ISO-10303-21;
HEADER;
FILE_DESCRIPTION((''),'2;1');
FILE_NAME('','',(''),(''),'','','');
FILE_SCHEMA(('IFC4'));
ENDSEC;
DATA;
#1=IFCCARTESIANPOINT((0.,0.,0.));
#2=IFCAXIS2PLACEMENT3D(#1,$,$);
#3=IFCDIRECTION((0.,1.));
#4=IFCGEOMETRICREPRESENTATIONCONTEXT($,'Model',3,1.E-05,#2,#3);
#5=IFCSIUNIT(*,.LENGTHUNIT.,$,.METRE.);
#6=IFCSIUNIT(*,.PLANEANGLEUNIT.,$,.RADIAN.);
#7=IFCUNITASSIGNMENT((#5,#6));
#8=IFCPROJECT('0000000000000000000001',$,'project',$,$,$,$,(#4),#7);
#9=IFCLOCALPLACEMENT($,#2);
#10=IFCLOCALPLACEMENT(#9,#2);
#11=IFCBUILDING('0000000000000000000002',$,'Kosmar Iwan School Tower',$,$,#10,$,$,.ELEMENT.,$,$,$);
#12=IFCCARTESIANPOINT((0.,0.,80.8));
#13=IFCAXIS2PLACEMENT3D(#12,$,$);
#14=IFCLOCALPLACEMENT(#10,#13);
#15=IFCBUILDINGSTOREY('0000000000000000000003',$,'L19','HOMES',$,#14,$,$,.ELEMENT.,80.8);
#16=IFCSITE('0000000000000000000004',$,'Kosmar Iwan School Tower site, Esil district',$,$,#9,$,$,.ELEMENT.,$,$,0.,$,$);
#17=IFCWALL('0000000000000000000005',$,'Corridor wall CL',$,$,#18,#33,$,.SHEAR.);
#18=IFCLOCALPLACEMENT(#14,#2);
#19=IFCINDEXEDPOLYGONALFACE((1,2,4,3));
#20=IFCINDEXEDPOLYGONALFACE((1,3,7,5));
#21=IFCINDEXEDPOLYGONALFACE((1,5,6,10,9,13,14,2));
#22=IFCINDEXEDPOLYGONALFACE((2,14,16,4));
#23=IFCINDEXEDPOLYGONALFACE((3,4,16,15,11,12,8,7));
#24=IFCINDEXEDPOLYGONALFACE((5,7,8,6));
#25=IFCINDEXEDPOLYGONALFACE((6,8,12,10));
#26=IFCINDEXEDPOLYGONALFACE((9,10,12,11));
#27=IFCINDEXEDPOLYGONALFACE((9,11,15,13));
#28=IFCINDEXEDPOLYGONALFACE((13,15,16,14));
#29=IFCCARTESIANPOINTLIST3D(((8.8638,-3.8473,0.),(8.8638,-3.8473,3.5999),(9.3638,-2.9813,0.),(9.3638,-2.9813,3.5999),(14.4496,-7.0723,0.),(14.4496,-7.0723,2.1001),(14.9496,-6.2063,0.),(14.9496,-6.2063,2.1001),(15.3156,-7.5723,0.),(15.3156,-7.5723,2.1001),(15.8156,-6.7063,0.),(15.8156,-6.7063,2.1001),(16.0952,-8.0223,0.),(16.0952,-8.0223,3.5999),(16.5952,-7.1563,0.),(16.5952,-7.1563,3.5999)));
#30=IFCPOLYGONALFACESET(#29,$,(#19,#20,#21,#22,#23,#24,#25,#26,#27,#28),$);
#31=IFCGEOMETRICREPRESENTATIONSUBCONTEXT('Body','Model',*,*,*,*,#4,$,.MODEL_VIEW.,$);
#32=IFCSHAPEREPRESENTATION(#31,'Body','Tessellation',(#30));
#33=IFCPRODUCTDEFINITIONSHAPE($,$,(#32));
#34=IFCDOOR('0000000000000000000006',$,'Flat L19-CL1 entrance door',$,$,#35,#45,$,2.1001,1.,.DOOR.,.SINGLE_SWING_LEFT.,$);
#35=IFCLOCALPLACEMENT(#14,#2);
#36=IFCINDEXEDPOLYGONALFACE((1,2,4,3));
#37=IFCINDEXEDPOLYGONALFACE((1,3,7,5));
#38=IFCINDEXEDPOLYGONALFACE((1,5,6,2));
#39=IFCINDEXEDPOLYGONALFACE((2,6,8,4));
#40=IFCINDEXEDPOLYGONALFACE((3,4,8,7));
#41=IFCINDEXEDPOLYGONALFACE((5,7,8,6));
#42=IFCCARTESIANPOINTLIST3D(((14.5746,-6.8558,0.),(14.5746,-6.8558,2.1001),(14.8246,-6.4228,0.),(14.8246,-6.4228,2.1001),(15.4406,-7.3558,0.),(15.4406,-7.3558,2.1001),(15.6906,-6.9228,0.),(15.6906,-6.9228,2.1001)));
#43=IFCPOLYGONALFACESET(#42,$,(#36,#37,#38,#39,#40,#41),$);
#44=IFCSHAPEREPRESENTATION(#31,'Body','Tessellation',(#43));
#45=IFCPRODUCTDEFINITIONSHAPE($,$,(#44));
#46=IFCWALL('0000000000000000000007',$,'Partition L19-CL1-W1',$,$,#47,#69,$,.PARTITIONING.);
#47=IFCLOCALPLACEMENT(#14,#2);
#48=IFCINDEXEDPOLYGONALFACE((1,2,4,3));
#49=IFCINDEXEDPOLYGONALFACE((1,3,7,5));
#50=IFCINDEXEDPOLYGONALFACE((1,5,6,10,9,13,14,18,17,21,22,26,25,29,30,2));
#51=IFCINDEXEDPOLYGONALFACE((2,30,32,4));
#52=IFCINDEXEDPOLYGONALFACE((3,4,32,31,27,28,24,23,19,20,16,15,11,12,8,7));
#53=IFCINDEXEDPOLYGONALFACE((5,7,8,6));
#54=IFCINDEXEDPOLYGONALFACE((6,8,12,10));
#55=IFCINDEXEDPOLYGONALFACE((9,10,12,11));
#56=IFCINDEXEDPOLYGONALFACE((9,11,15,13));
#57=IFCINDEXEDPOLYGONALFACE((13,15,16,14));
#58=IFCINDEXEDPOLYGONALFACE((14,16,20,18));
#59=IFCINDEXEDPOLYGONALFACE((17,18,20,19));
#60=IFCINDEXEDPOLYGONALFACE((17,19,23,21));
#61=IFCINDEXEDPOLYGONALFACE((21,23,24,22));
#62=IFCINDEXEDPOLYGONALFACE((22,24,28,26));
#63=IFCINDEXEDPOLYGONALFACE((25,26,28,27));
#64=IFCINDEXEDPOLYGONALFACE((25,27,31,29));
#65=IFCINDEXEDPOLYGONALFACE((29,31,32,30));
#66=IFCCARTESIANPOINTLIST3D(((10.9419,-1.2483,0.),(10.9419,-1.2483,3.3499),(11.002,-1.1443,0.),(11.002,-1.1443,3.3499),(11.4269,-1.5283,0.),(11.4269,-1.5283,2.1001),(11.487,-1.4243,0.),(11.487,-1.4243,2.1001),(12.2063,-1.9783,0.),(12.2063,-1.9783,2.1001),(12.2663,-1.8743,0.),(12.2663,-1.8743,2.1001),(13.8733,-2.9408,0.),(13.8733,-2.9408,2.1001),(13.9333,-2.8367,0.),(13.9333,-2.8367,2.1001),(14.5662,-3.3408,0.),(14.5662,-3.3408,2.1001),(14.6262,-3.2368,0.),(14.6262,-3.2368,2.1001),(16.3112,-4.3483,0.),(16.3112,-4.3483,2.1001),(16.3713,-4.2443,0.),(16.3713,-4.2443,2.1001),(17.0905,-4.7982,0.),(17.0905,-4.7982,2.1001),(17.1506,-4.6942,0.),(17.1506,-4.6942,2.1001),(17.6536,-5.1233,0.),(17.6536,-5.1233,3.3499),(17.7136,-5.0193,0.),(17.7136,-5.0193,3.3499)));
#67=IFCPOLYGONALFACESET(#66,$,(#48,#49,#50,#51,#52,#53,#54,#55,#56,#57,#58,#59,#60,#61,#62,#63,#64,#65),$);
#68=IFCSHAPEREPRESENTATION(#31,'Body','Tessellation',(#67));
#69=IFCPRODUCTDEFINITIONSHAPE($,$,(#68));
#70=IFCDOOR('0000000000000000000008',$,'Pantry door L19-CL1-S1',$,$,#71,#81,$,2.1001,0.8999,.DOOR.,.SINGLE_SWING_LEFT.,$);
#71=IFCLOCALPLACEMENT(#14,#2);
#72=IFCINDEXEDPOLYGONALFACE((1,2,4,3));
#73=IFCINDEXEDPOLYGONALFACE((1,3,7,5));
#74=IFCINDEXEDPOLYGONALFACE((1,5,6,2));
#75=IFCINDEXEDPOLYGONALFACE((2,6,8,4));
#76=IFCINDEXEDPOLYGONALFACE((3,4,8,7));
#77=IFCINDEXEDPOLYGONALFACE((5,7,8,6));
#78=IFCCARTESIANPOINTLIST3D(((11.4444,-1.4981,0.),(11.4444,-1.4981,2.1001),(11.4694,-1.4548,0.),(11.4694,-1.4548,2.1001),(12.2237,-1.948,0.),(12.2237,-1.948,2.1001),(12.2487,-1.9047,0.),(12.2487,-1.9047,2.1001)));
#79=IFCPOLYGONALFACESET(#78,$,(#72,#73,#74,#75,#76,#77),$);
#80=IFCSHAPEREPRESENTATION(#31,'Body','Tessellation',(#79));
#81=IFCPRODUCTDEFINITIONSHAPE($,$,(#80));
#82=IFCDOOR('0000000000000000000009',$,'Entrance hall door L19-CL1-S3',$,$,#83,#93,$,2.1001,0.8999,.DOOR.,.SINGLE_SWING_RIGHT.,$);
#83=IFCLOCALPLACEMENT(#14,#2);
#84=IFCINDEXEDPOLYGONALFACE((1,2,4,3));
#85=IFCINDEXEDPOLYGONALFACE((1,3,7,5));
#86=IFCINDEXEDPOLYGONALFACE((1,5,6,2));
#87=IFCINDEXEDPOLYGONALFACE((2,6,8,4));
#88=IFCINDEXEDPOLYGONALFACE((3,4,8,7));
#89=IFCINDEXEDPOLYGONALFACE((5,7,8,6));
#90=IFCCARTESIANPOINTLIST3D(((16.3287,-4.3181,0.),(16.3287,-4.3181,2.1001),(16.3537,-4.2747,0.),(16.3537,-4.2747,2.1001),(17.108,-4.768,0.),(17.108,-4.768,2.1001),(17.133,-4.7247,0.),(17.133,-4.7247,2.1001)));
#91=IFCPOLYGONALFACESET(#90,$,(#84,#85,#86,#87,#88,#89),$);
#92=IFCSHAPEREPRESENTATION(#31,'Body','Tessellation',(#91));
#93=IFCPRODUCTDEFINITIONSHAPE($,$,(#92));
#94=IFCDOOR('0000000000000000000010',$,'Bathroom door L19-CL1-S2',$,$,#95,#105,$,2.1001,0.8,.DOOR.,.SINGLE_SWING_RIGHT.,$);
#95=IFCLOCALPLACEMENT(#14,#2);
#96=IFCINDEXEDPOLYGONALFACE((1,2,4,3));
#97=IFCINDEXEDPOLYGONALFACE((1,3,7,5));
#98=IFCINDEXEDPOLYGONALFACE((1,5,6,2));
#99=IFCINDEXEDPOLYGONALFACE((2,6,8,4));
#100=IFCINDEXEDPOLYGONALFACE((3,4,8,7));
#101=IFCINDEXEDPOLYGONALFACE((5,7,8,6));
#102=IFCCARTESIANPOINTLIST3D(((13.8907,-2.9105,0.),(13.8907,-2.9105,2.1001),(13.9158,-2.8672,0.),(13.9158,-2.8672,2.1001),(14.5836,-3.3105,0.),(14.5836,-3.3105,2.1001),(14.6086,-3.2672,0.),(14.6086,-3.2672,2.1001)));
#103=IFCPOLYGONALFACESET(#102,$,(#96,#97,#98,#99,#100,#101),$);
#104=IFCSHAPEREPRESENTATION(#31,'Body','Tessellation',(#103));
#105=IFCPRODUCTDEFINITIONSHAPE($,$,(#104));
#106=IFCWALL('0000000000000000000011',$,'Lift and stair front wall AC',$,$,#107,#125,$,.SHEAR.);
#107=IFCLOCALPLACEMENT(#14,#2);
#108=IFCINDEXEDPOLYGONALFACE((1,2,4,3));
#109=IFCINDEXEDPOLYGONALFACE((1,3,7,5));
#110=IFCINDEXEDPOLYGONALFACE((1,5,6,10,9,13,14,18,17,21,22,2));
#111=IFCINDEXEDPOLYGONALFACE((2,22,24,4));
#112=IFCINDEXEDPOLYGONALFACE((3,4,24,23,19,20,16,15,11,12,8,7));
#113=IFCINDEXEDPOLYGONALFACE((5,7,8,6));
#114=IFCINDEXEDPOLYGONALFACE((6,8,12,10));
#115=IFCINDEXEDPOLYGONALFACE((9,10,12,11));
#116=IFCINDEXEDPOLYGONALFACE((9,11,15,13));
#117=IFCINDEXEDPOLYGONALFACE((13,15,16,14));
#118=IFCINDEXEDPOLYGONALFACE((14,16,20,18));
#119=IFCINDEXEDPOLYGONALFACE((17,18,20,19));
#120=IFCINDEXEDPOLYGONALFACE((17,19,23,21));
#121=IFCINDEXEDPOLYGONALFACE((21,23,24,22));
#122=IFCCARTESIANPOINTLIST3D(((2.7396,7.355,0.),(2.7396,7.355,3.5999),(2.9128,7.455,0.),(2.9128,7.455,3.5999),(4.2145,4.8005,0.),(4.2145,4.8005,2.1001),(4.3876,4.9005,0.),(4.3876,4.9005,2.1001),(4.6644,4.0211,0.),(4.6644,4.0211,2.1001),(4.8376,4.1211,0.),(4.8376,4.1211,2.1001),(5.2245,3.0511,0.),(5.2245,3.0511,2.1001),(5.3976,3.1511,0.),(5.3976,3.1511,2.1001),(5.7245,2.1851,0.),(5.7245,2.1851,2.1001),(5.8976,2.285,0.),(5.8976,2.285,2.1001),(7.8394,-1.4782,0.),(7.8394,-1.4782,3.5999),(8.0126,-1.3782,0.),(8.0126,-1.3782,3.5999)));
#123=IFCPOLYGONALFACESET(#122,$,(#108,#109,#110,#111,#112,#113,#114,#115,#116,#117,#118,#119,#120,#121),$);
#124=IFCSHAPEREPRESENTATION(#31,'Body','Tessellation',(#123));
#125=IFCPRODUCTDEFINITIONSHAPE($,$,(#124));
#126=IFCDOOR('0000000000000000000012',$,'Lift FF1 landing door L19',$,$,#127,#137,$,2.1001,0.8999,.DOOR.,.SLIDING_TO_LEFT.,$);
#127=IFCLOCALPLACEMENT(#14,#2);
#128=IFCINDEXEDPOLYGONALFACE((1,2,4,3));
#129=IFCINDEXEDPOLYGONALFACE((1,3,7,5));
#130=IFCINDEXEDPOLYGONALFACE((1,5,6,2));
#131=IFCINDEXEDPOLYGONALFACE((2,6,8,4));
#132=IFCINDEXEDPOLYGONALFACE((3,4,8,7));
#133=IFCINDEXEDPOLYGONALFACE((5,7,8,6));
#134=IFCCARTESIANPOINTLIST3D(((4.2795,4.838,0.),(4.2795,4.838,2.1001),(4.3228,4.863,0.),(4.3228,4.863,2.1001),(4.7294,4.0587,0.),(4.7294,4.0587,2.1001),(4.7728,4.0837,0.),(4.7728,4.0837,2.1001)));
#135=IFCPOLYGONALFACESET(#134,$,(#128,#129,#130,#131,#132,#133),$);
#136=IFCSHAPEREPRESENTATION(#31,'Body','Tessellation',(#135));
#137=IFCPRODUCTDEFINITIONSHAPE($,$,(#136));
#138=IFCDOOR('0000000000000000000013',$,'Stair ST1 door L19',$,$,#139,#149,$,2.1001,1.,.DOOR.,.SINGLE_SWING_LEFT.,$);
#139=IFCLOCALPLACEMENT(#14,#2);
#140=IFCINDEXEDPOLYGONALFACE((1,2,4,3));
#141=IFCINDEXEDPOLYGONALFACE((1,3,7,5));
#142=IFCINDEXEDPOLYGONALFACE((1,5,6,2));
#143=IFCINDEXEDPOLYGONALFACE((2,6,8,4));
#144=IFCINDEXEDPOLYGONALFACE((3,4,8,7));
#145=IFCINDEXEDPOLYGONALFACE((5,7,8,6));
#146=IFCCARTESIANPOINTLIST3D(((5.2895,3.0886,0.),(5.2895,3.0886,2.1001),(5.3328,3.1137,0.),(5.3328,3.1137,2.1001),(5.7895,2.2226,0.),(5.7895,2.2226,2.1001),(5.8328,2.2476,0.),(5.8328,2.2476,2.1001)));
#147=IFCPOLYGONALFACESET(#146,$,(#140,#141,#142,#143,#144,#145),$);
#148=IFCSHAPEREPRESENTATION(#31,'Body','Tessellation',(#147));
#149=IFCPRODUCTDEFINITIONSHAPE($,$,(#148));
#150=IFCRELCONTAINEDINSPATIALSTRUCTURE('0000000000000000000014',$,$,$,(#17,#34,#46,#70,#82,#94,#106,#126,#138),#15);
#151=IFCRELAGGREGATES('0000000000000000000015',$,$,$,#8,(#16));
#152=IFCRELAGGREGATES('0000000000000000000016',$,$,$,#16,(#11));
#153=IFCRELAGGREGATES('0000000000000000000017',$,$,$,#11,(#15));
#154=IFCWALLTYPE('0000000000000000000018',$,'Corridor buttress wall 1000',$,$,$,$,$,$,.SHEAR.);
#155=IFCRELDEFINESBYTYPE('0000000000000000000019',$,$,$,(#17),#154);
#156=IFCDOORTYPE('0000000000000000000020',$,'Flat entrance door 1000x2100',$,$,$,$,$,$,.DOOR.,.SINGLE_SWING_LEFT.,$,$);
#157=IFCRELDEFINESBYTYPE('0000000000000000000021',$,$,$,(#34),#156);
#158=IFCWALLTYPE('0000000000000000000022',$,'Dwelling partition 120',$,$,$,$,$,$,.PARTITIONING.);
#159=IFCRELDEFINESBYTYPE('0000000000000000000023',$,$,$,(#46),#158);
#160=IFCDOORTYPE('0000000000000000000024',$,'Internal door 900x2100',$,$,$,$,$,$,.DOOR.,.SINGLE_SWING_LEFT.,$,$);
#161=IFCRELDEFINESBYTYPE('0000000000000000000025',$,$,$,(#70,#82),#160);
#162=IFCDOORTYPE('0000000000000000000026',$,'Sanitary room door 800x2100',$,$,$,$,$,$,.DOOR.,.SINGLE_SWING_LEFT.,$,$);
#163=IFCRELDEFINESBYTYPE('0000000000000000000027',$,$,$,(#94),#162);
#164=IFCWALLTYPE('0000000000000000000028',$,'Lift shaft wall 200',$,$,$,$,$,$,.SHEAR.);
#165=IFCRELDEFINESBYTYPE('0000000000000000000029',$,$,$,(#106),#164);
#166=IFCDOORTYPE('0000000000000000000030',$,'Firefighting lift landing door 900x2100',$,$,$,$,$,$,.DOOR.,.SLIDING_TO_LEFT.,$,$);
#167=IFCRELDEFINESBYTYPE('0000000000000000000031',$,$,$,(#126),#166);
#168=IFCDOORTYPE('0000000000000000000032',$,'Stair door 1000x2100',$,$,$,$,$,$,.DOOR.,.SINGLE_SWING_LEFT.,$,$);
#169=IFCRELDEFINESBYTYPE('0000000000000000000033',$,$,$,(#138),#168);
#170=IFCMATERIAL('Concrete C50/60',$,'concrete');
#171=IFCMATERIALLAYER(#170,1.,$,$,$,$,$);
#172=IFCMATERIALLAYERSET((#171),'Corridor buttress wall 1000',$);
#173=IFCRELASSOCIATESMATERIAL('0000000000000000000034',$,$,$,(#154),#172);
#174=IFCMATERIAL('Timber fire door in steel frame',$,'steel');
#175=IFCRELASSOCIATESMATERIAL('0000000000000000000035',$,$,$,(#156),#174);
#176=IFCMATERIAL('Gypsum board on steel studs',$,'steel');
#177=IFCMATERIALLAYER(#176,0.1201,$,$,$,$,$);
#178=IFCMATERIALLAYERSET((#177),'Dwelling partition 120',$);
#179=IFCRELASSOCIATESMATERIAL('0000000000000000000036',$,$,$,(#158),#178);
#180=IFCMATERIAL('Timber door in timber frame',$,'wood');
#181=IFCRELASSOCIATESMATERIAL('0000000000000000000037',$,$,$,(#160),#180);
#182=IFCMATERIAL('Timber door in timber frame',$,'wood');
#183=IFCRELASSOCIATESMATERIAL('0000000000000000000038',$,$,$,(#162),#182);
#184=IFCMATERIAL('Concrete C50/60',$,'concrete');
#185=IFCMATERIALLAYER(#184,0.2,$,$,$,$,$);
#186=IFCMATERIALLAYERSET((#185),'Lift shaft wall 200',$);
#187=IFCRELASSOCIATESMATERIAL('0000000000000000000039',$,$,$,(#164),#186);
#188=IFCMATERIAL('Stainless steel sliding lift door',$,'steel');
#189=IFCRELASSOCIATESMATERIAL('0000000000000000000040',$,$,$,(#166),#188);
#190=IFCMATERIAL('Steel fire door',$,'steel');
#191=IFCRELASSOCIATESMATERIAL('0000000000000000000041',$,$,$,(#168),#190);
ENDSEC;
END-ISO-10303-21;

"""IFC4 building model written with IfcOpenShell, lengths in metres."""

from ifc_helpers import new_model, si_unit, direction, frame, frame_2d, origin, place, context, subcontext, project, spatial, rectangle, extrude, material, layer, layer_set, type_object, element, fill, save


model = new_model("IFC4")

# Units and contexts
model_context = context("Model", 3, precision=1e-05, world=origin(), true_north=direction((0.0, 1.0)))
body_context = subcontext(model_context, "Body", "Model", "MODEL_VIEW")
ifc_project = project(units=[si_unit("LENGTHUNIT", "METRE"), si_unit("PLANEANGLEUNIT", "RADIAN")], contexts=[model_context])

# Site, building, storey
site_placement = place(None, origin())
site = spatial("IfcSite", under=ifc_project, at=site_placement, Name="Kosmar Iwan School Tower site, Esil district", CompositionType="ELEMENT", RefElevation=0.0)
building_placement = place(site_placement, origin())
building = spatial("IfcBuilding", under=site, at=building_placement, Name="Kosmar Iwan School Tower", CompositionType="ELEMENT")
storey_placement = place(building_placement, frame((0.0, 0.0, 80.8)))
storey = spatial("IfcBuildingStorey", under=building, at=storey_placement, Name="L19", Description="HOMES", CompositionType="ELEMENT", Elevation=80.8)

# Wall, opening, door
ifc_material_1 = material(Name="Concrete C50/60", Category="concrete")
ifc_layer_1 = layer(ifc_material_1, 1.0)
ifc_layer_set_1 = layer_set([ifc_layer_1], Name="Corridor buttress wall 1000")
wall_type_1 = type_object("IfcWallType", Name="Corridor buttress wall 1000", PredefinedType="SHEAR", material=ifc_layer_set_1)
wall_1_placement = place(storey_placement, frame((9.1138, -3.4143, 0.0), z_axis=(0.0, 0.0, 1.0), x_axis=(0.866027, -0.499997, 0.0)))
wall_1 = element("IfcWall", 1, at=wall_1_placement, inside=storey, type_object=wall_type_1, Name="Corridor wall CL", PredefinedType="SHEAR", context=body_context, shape_type="SweptSolid", body=[
    extrude(rectangle(XDim=8.3501, YDim=1.0, at=frame_2d((4.175, 0.0))), origin(), (0.0, 0.0, 1.0), 3.5999),
])
opening_1_placement = place(wall_1_placement, frame((6.45, 0.0, 0.0)))
opening_1 = element("IfcOpeningElement", 2, at=opening_1_placement, cuts=wall_1, PredefinedType="OPENING", context=body_context, shape_type="SweptSolid", body=[
    extrude(rectangle(XDim=1.0, YDim=2.1001, at=frame_2d((0.5, 1.05))), frame((0.0, 0.512, 0.0), z_axis=(0.0, -1.0, 0.0), x_axis=(1.0, 0.0, 0.0)), (0.0, 0.0, 1.0), 1.0239),
])
ifc_material_2 = material(Name="Timber fire door in steel frame", Category="steel")
door_type_1 = type_object("IfcDoorType", Name="Flat entrance door 1000x2100", OperationType="SINGLE_SWING_LEFT", PredefinedType="DOOR", material=ifc_material_2)
door_1_placement = place(opening_1_placement, origin())
door_1 = element("IfcDoor", 3, at=door_1_placement, inside=storey, type_object=door_type_1, Name="Flat L19-CL1 entrance door", OperationType="SINGLE_SWING_LEFT", OverallHeight=2.1001, OverallWidth=1.0, PredefinedType="DOOR", context=body_context, shape_type="SweptSolid", body=[
    extrude(rectangle(XDim=1.0, YDim=2.1001, at=frame_2d((0.5, 1.05))), frame((0.0, 0.25, 0.0), z_axis=(0.0, -1.0, 0.0), x_axis=(1.0, 0.0, 0.0)), (0.0, 0.0, 1.0), 0.5),
])
fill(opening_1, door_1)

# Walls, openings, doors
ifc_material_3 = material(Name="Gypsum board on steel studs", Category="steel")
ifc_layer_2 = layer(ifc_material_3, 0.1201)
ifc_layer_set_2 = layer_set([ifc_layer_2], Name="Dwelling partition 120")
wall_type_2 = type_object("IfcWallType", Name="Dwelling partition 120", PredefinedType="PARTITIONING", material=ifc_layer_set_2)
wall_2_placement = place(storey_placement, frame((10.9719, -1.1963, 0.0), z_axis=(0.0, 0.0, 1.0), x_axis=(0.866025, -0.500002, 0.0)))
wall_2 = element("IfcWall", 4, at=wall_2_placement, inside=storey, type_object=wall_type_2, Name="Partition L19-CL1-W1", PredefinedType="PARTITIONING", context=body_context, shape_type="SweptSolid", body=[
    extrude(rectangle(XDim=7.75, YDim=0.1201, at=frame_2d((3.875, 0.0))), origin(), (0.0, 0.0, 1.0), 3.3499),
])
opening_2_placement = place(wall_2_placement, frame((0.5601, 0.0, 0.0)))
opening_2 = element("IfcOpeningElement", 5, at=opening_2_placement, cuts=wall_2, PredefinedType="OPENING", context=body_context, shape_type="SweptSolid", body=[
    extrude(rectangle(XDim=0.8999, YDim=2.1001, at=frame_2d((0.45, 1.05))), frame((0.0, 0.072, 0.0), z_axis=(0.0, -1.0, 0.0), x_axis=(1.0, 0.0, 0.0)), (0.0, 0.0, 1.0), 0.144),
])
opening_3_placement = place(wall_2_placement, frame((3.385, 0.0, 0.0)))
opening_3 = element("IfcOpeningElement", 6, at=opening_3_placement, cuts=wall_2, PredefinedType="OPENING", context=body_context, shape_type="SweptSolid", body=[
    extrude(rectangle(XDim=0.8, YDim=2.1001, at=frame_2d((0.3999, 1.05))), frame((0.0, 0.072, 0.0), z_axis=(0.0, -1.0, 0.0), x_axis=(1.0, 0.0, 0.0)), (0.0, 0.0, 1.0), 0.144),
])
opening_4_placement = place(wall_2_placement, frame((6.2, 0.0, 0.0)))
opening_4 = element("IfcOpeningElement", 7, at=opening_4_placement, cuts=wall_2, PredefinedType="OPENING", context=body_context, shape_type="SweptSolid", body=[
    extrude(rectangle(XDim=0.8999, YDim=2.1001, at=frame_2d((0.45, 1.05))), frame((0.0, 0.072, 0.0), z_axis=(0.0, -1.0, 0.0), x_axis=(1.0, 0.0, 0.0)), (0.0, 0.0, 1.0), 0.144),
])
ifc_material_4 = material(Name="Timber door in timber frame", Category="wood")
door_type_2 = type_object("IfcDoorType", Name="Internal door 900x2100", OperationType="SINGLE_SWING_LEFT", PredefinedType="DOOR", material=ifc_material_4)
door_2_placement = place(opening_2_placement, origin())
door_2 = element("IfcDoor", 8, at=door_2_placement, inside=storey, type_object=door_type_2, Name="Pantry door L19-CL1-S1", OperationType="SINGLE_SWING_LEFT", OverallHeight=2.1001, OverallWidth=0.8999, PredefinedType="DOOR", context=body_context, shape_type="SweptSolid", body=[
    extrude(rectangle(XDim=0.8999, YDim=2.1001, at=frame_2d((0.45, 1.05))), frame((0.0, 0.0249, 0.0), z_axis=(0.0, -1.0, 0.0), x_axis=(1.0, 0.0, 0.0)), (0.0, 0.0, 1.0), 0.05),
])
fill(opening_2, door_2)
door_3_placement = place(opening_4_placement, origin())
door_3 = element("IfcDoor", 9, at=door_3_placement, inside=storey, type_object=door_type_2, Name="Entrance hall door L19-CL1-S3", OperationType="SINGLE_SWING_RIGHT", OverallHeight=2.1001, OverallWidth=0.8999, PredefinedType="DOOR", context=body_context, shape_type="SweptSolid", body=[
    extrude(rectangle(XDim=0.8999, YDim=2.1001, at=frame_2d((0.45, 1.05))), frame((0.0, 0.0249, 0.0), z_axis=(0.0, -1.0, 0.0), x_axis=(1.0, 0.0, 0.0)), (0.0, 0.0, 1.0), 0.05),
])
fill(opening_4, door_3)
ifc_material_5 = material(Name="Timber door in timber frame", Category="wood")
door_type_3 = type_object("IfcDoorType", Name="Sanitary room door 800x2100", OperationType="SINGLE_SWING_LEFT", PredefinedType="DOOR", material=ifc_material_5)
door_4_placement = place(opening_3_placement, origin())
door_4 = element("IfcDoor", 10, at=door_4_placement, inside=storey, type_object=door_type_3, Name="Bathroom door L19-CL1-S2", OperationType="SINGLE_SWING_RIGHT", OverallHeight=2.1001, OverallWidth=0.8, PredefinedType="DOOR", context=body_context, shape_type="SweptSolid", body=[
    extrude(rectangle(XDim=0.8, YDim=2.1001, at=frame_2d((0.3999, 1.05))), frame((0.0, 0.0249, 0.0), z_axis=(0.0, -1.0, 0.0), x_axis=(1.0, 0.0, 0.0)), (0.0, 0.0, 1.0), 0.05),
])
fill(opening_3, door_4)
ifc_material_6 = material(Name="Concrete C50/60", Category="concrete")
ifc_layer_3 = layer(ifc_material_6, 0.2)
ifc_layer_set_3 = layer_set([ifc_layer_3], Name="Lift shaft wall 200")
wall_type_3 = type_object("IfcWallType", Name="Lift shaft wall 200", PredefinedType="SHEAR", material=ifc_layer_set_3)
wall_3_placement = place(storey_placement, frame((7.926, -1.4282, 0.0), z_axis=(0.0, 0.0, 1.0), x_axis=(-0.499998, 0.866027, 0.0)))
wall_3 = element("IfcWall", 11, at=wall_3_placement, inside=storey, type_object=wall_type_3, Name="Lift and stair front wall AC", PredefinedType="SHEAR", context=body_context, shape_type="SweptSolid", body=[
    extrude(rectangle(XDim=10.1997, YDim=0.2, at=frame_2d((5.0999, 0.0))), origin(), (0.0, 0.0, 1.0), 3.5999),
])
opening_5_placement = place(wall_3_placement, frame((6.3501, 0.0, 0.0)))
opening_5 = element("IfcOpeningElement", 12, at=opening_5_placement, cuts=wall_3, PredefinedType="OPENING", context=body_context, shape_type="SweptSolid", body=[
    extrude(rectangle(XDim=0.8999, YDim=2.1001, at=frame_2d((0.45, 1.05))), frame((0.0, 0.1121, 0.0), z_axis=(0.0, -1.0, 0.0), x_axis=(1.0, 0.0, 0.0)), (0.0, 0.0, 1.0), 0.2239),
])
opening_6_placement = place(wall_3_placement, frame((4.23, 0.0, 0.0)))
opening_6 = element("IfcOpeningElement", 13, at=opening_6_placement, cuts=wall_3, PredefinedType="OPENING", context=body_context, shape_type="SweptSolid", body=[
    extrude(rectangle(XDim=1.0, YDim=2.1001, at=frame_2d((0.5, 1.05))), frame((0.0, 0.1121, 0.0), z_axis=(0.0, -1.0, 0.0), x_axis=(1.0, 0.0, 0.0)), (0.0, 0.0, 1.0), 0.2239),
])
ifc_material_7 = material(Name="Stainless steel sliding lift door", Category="steel")
door_type_4 = type_object("IfcDoorType", Name="Firefighting lift landing door 900x2100", OperationType="SLIDING_TO_LEFT", PredefinedType="DOOR", material=ifc_material_7)
door_5_placement = place(opening_5_placement, origin())
door_5 = element("IfcDoor", 14, at=door_5_placement, inside=storey, type_object=door_type_4, Name="Lift FF1 landing door L19", OperationType="SLIDING_TO_LEFT", OverallHeight=2.1001, OverallWidth=0.8999, PredefinedType="DOOR", context=body_context, shape_type="SweptSolid", body=[
    extrude(rectangle(XDim=0.8999, YDim=2.1001, at=frame_2d((0.45, 1.05))), frame((0.0, 0.0249, 0.0), z_axis=(0.0, -1.0, 0.0), x_axis=(1.0, 0.0, 0.0)), (0.0, 0.0, 1.0), 0.05),
])
fill(opening_5, door_5)
ifc_material_8 = material(Name="Steel fire door", Category="steel")
door_type_5 = type_object("IfcDoorType", Name="Stair door 1000x2100", OperationType="SINGLE_SWING_LEFT", PredefinedType="DOOR", material=ifc_material_8)
door_6_placement = place(opening_6_placement, origin())
door_6 = element("IfcDoor", 15, at=door_6_placement, inside=storey, type_object=door_type_5, Name="Stair ST1 door L19", OperationType="SINGLE_SWING_LEFT", OverallHeight=2.1001, OverallWidth=1.0, PredefinedType="DOOR", context=body_context, shape_type="SweptSolid", body=[
    extrude(rectangle(XDim=1.0, YDim=2.1001, at=frame_2d((0.5, 1.05))), frame((0.0, 0.0249, 0.0), z_axis=(0.0, -1.0, 0.0), x_axis=(1.0, 0.0, 0.0)), (0.0, 0.0, 1.0), 0.05),
])
fill(opening_6, door_6)

save(model, "model.ifc")
